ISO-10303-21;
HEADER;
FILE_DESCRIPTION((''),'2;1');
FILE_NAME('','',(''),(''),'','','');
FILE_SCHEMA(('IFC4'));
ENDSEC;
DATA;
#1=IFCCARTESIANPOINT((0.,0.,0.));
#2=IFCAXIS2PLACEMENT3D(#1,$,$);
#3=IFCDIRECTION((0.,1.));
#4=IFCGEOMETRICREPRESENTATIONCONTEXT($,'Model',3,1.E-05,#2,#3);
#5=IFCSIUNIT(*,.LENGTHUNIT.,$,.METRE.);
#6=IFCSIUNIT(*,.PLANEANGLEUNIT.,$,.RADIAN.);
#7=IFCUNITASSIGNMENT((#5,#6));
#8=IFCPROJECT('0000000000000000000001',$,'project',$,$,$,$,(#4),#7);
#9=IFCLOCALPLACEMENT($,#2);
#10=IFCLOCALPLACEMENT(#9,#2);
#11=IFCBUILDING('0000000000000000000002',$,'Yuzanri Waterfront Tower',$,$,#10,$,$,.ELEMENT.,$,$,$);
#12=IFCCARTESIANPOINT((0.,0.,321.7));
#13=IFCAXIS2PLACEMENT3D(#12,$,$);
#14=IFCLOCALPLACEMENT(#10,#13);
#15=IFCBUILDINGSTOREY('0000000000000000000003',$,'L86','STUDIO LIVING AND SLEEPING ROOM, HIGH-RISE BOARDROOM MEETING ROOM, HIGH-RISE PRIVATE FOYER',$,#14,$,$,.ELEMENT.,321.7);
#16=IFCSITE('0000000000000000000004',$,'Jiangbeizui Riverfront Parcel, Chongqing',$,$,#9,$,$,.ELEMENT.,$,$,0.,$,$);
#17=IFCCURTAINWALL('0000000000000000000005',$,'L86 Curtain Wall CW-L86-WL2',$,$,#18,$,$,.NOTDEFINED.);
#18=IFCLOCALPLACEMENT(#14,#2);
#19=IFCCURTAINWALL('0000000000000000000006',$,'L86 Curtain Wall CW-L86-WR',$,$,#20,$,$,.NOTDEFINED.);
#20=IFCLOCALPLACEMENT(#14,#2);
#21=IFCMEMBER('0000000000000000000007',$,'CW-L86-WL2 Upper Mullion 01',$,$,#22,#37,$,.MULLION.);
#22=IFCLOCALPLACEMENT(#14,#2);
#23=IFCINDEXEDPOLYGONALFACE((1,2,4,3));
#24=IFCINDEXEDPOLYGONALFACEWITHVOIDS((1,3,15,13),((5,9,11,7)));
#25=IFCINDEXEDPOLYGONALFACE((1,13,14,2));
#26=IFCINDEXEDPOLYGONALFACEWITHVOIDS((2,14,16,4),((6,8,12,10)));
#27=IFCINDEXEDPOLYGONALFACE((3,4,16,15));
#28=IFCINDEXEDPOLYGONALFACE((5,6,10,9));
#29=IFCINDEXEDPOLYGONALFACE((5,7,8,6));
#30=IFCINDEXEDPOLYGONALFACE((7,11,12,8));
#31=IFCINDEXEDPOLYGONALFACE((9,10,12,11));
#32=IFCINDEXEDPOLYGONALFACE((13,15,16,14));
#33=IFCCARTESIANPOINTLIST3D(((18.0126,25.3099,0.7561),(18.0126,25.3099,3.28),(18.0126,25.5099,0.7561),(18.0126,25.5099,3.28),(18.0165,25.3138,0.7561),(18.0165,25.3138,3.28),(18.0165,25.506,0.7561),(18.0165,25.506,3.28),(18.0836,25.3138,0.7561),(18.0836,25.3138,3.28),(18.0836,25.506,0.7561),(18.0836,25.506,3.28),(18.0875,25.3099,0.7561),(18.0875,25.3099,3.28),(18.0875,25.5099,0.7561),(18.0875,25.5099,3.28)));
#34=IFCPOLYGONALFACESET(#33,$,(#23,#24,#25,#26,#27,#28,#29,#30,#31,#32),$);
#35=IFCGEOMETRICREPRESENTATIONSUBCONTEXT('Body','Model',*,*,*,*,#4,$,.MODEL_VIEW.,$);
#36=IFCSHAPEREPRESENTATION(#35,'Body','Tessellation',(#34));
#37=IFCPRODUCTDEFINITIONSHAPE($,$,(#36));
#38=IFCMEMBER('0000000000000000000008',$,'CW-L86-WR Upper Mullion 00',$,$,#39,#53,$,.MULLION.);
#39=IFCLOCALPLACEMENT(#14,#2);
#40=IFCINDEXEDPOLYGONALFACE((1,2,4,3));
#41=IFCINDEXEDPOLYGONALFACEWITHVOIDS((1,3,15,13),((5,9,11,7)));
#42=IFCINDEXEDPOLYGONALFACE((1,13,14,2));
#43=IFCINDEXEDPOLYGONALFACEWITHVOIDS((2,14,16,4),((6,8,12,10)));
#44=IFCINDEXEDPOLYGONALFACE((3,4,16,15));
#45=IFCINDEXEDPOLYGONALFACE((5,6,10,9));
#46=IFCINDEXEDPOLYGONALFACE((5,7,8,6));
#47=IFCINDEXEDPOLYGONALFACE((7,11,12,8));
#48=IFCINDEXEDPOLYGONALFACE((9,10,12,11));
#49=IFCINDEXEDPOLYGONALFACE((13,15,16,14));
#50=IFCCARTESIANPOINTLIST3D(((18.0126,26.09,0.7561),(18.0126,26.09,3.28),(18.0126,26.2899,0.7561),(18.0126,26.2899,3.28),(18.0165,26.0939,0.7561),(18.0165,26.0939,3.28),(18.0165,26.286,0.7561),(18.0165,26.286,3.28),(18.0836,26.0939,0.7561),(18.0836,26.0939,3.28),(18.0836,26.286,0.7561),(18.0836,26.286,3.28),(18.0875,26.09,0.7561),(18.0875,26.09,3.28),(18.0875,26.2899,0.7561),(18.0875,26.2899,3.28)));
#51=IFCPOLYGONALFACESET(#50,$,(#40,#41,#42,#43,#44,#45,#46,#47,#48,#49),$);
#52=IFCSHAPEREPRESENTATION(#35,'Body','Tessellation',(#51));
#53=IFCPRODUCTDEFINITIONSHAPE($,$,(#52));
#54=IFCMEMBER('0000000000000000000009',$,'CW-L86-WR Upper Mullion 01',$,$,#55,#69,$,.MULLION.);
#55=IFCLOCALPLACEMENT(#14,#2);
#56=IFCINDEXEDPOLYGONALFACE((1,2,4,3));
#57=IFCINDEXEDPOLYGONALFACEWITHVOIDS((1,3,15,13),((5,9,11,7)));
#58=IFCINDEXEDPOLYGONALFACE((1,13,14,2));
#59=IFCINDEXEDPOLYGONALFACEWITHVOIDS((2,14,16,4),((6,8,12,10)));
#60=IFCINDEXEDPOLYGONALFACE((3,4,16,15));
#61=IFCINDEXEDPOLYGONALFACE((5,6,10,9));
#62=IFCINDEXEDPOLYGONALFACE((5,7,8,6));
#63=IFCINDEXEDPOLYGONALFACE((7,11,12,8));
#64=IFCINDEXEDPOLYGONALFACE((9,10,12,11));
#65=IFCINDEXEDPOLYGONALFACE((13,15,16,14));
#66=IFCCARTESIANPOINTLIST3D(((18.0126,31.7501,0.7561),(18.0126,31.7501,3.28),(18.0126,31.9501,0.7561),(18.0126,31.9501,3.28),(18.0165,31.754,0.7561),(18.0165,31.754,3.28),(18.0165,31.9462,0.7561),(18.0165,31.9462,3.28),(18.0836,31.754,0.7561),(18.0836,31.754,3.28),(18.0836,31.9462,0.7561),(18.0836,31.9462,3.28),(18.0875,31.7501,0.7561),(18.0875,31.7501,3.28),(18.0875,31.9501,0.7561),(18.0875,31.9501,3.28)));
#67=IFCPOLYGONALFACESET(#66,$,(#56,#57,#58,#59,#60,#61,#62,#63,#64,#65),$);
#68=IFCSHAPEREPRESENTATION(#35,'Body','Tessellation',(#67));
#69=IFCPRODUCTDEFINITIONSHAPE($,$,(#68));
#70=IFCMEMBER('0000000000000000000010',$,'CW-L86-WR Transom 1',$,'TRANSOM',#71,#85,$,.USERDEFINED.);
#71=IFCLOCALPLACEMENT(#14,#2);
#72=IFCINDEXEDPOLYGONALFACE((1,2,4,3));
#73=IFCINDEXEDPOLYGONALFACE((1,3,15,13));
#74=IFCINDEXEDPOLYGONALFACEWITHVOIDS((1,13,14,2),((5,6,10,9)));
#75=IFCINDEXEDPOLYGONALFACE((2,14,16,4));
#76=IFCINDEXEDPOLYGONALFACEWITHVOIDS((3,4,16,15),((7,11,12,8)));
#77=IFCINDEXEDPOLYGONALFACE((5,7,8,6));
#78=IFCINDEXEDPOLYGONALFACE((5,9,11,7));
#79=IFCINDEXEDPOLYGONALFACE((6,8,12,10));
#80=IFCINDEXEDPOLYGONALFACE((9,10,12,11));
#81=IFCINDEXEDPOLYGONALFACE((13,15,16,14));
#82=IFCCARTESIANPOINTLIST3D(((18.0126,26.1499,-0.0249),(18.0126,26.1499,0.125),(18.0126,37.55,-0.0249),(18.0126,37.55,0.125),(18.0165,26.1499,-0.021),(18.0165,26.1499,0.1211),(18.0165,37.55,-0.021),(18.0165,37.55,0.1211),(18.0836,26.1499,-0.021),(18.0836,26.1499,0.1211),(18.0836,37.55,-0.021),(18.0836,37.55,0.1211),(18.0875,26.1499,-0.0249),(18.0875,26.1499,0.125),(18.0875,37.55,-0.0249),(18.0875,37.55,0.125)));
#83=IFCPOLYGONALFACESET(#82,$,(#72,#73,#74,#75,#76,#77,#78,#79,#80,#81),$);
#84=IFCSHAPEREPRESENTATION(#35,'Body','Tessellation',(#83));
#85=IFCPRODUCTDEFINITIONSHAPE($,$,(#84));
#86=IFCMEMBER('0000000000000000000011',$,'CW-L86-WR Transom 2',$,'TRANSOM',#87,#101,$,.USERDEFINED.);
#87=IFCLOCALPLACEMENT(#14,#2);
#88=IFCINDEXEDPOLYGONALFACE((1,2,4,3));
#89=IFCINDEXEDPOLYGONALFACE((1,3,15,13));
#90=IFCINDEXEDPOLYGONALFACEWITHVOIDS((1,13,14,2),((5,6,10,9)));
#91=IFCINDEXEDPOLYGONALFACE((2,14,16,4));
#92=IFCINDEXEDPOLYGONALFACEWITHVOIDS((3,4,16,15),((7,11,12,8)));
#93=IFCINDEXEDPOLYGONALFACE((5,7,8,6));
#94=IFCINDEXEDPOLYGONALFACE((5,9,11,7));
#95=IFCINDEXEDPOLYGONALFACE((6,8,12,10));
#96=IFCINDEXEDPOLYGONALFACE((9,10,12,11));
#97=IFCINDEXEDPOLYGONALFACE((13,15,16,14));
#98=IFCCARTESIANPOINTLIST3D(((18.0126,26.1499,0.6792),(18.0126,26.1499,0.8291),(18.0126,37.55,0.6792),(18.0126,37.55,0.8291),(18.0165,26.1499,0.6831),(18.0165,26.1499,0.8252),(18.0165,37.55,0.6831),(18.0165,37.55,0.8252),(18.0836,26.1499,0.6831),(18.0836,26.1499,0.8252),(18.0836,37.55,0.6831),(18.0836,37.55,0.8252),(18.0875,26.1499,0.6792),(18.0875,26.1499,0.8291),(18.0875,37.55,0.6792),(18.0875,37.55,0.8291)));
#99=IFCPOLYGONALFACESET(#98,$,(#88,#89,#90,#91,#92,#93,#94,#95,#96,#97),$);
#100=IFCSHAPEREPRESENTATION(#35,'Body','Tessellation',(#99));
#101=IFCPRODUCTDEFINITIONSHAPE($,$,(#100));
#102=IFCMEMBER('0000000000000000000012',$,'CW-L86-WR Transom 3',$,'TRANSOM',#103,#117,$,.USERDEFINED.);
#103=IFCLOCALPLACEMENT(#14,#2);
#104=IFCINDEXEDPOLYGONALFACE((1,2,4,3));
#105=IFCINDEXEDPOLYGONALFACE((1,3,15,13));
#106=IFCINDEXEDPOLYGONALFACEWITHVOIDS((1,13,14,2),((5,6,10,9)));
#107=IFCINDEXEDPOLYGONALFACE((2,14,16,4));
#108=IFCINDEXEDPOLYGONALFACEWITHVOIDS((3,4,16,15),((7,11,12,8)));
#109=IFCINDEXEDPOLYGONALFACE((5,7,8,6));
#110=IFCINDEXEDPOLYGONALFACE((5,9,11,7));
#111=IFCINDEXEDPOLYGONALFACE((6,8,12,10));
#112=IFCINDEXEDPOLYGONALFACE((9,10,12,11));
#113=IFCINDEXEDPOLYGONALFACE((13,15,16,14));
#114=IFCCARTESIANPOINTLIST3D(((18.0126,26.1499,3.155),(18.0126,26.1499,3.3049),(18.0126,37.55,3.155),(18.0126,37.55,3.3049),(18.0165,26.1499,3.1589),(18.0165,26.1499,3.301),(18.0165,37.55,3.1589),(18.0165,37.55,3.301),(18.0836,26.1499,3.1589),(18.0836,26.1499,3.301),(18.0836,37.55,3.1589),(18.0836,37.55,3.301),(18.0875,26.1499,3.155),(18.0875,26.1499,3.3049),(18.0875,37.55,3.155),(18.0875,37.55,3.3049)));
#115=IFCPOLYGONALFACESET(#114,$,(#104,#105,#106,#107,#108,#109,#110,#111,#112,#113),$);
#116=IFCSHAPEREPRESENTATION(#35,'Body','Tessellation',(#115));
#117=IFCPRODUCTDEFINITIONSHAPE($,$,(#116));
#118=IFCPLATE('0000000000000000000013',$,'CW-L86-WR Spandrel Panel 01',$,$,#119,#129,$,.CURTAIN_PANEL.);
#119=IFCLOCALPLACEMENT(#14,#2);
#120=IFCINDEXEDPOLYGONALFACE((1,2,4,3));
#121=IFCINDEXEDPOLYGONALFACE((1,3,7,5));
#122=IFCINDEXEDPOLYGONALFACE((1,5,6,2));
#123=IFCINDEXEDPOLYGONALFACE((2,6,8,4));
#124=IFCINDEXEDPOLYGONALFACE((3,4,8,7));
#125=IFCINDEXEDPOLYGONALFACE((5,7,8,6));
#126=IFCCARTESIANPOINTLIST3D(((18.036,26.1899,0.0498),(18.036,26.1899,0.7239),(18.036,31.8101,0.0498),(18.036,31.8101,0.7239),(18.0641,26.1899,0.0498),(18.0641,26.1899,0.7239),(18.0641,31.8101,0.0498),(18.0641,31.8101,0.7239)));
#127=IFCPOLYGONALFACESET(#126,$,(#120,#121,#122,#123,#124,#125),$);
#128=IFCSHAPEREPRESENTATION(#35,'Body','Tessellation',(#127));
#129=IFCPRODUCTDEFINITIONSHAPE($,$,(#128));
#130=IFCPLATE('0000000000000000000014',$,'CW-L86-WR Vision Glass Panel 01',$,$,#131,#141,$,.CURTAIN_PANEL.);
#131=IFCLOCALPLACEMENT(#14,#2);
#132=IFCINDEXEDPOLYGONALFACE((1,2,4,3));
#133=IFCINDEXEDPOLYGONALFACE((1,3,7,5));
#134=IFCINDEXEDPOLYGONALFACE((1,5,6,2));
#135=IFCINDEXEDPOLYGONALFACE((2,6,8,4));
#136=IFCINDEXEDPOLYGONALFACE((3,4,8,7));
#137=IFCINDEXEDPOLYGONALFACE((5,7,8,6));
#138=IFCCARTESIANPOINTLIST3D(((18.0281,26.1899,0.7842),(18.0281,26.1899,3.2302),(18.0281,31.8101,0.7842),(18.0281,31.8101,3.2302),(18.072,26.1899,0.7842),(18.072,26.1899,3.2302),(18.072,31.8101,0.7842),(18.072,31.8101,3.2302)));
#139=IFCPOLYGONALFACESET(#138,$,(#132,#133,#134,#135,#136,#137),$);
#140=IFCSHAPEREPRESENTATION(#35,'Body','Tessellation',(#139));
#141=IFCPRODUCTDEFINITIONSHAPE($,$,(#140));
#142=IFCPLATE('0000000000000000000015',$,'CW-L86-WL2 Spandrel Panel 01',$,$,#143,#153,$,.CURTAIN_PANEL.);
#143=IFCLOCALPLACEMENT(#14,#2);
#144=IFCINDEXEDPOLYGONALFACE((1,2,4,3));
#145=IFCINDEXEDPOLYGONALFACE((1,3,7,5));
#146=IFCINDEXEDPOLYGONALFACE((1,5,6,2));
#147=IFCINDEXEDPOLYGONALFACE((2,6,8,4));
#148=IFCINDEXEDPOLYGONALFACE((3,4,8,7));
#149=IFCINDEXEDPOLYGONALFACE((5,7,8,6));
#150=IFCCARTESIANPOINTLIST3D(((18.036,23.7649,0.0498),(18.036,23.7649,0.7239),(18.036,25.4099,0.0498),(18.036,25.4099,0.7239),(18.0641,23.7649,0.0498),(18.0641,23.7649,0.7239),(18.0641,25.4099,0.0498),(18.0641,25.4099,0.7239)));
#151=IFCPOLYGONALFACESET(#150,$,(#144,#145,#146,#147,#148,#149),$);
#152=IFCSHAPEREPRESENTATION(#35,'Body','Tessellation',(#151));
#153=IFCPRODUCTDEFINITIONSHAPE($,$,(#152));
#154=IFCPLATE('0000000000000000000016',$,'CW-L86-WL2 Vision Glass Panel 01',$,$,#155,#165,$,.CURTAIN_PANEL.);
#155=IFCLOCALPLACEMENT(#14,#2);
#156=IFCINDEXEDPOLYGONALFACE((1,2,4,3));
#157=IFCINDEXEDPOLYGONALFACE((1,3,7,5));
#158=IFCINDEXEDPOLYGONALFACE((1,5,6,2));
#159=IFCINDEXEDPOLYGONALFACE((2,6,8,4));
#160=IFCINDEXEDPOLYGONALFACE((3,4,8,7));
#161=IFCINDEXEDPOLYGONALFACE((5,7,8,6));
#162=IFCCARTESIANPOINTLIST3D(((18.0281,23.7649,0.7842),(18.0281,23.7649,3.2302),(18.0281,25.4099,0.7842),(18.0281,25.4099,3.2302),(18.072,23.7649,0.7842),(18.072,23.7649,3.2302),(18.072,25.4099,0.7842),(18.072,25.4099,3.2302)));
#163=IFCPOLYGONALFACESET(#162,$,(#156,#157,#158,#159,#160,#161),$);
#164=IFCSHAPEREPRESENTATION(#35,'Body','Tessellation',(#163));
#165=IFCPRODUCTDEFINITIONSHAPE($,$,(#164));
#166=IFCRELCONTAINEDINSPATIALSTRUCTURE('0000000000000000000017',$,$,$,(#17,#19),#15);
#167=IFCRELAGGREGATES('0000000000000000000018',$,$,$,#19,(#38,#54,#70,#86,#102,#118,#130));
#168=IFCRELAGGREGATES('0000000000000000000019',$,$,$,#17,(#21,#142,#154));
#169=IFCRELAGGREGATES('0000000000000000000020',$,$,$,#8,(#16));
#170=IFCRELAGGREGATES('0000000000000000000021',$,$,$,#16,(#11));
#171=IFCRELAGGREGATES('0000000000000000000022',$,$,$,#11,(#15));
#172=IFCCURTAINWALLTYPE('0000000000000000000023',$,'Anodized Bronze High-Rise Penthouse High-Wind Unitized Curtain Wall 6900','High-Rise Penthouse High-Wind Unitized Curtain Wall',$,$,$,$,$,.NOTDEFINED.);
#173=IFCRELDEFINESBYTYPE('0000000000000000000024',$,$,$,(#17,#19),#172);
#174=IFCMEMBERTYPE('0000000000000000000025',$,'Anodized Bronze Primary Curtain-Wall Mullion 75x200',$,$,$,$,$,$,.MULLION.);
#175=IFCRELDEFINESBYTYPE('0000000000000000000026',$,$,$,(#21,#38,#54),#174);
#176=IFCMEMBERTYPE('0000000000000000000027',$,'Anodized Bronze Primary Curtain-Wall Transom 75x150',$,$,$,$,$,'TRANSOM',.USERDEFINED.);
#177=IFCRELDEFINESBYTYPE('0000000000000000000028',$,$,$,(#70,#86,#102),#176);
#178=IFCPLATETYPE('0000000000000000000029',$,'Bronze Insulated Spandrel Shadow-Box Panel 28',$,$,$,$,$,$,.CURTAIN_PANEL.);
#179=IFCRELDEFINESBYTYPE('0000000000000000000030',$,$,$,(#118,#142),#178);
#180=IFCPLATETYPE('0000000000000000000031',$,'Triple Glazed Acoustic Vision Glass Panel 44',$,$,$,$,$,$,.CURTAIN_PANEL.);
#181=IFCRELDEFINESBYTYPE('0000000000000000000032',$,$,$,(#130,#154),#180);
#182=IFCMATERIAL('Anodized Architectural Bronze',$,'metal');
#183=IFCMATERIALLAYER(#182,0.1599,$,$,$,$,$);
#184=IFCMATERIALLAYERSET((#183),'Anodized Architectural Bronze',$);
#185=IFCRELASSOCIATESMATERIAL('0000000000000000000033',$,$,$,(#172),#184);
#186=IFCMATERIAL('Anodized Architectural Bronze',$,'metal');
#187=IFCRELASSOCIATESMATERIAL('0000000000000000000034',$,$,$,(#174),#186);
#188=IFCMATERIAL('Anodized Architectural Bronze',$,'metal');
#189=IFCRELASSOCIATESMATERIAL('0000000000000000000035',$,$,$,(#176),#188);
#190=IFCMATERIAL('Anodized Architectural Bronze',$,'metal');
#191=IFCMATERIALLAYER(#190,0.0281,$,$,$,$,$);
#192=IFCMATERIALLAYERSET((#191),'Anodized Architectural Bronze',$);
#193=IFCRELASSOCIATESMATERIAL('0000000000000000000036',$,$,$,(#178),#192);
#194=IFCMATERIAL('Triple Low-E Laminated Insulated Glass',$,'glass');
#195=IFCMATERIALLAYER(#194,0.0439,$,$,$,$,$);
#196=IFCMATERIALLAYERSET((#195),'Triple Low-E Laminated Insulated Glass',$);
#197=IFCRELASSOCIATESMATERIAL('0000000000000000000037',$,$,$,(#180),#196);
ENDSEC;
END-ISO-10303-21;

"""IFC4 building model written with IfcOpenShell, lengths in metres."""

from ifc_helpers import new_model, si_unit, direction, frame, origin, origin_2d, place, context, subcontext, project, spatial, rectangle, hollow_rectangle, extrude, source, transform, mapped, material, layer, layer_set, material_profile, profile_set, type_object, element, aggregate, save


model = new_model("IFC4")

# Units and contexts
model_context = context("Model", 3, precision=1e-05, world=origin(), true_north=direction((0.0, 1.0)))
body_context = subcontext(model_context, "Body", "Model", "MODEL_VIEW")
ifc_project = project(units=[si_unit("LENGTHUNIT", "METRE"), si_unit("PLANEANGLEUNIT", "RADIAN")], contexts=[model_context])

# Site, building, storey
site_placement = place(None, origin())
site = spatial("IfcSite", under=ifc_project, at=site_placement, Name="Jiangbeizui Riverfront Parcel, Chongqing", CompositionType="ELEMENT", RefElevation=0.0)
building_placement = place(site_placement, origin())
building = spatial("IfcBuilding", under=site, at=building_placement, Name="Yuzanri Waterfront Tower", CompositionType="ELEMENT")
storey_placement = place(building_placement, frame((0.0, 0.0, 321.7)))
storey = spatial("IfcBuildingStorey", under=building, at=storey_placement, Name="L86", Description="STUDIO LIVING AND SLEEPING ROOM, HIGH-RISE BOARDROOM MEETING ROOM, HIGH-RISE PRIVATE FOYER", CompositionType="ELEMENT", Elevation=321.7)

# Curtain wall
ifc_material_1 = material(Name="Anodized Architectural Bronze", Category="metal")
ifc_layer_1 = layer(ifc_material_1, 0.1599)
ifc_layer_set_1 = layer_set([ifc_layer_1], Name="Anodized Architectural Bronze")
curtain_wall_type = type_object("IfcCurtainWallType", Name="Anodized Bronze High-Rise Penthouse High-Wind Unitized Curtain Wall 6900", Description="High-Rise Penthouse High-Wind Unitized Curtain Wall", PredefinedType="NOTDEFINED", material=ifc_layer_set_1)
curtain_wall_1_placement = place(storey_placement, origin())
curtain_wall_1 = element("IfcCurtainWall", 1, at=curtain_wall_1_placement, inside=storey, type_object=curtain_wall_type, Name="L86 Curtain Wall CW-L86-WL2", PredefinedType="NOTDEFINED")
ifc_material_2 = material(Name="Anodized Architectural Bronze", Category="metal")
ifc_material_profile_1 = material_profile(ifc_material_2, hollow_rectangle(XDim=0.075, YDim=0.2, WallThickness=0.0039, at=origin_2d()), Name="CWM 75x200")
ifc_profile_set_1 = profile_set([ifc_material_profile_1], Name="Anodized Architectural Bronze")
member_type_1 = type_object("IfcMemberType", Name="Anodized Bronze Primary Curtain-Wall Mullion 75x200", PredefinedType="MULLION", material=ifc_profile_set_1)

# Curtain wall
curtain_wall_2_placement = place(storey_placement, origin())
curtain_wall_2 = element("IfcCurtainWall", 2, at=curtain_wall_2_placement, inside=storey, type_object=curtain_wall_type, Name="L86 Curtain Wall CW-L86-WR", PredefinedType="NOTDEFINED")

# Members
shared_shape_1 = source(origin(), body_context, "Body", "SweptSolid", [
    extrude(hollow_rectangle(XDim=0.075, YDim=0.2, WallThickness=0.0039, at=origin_2d()), origin(), (0.0, 0.0, 1.0), 2.5239),
])
member_1_placement = place(storey_placement, frame((18.05, 25.4099, 0.7561), z_axis=(0.0, 0.0, 1.0), x_axis=(1.0, 0.0, 0.0)))
member_1 = element("IfcMember", 3, at=member_1_placement, type_object=member_type_1, Name="CW-L86-WL2 Upper Mullion 01", PredefinedType="MULLION", context=body_context, shape_type="MappedRepresentation", body=[
    mapped(shared_shape_1, transform((0.0, 0.0, 0.0), scale=1.0)),
])
member_2_placement = place(storey_placement, frame((18.05, 26.1899, 0.7561), z_axis=(0.0, 0.0, 1.0), x_axis=(1.0, 0.0, 0.0)))
member_2 = element("IfcMember", 4, at=member_2_placement, type_object=member_type_1, Name="CW-L86-WR Upper Mullion 00", PredefinedType="MULLION", context=body_context, shape_type="MappedRepresentation", body=[
    mapped(shared_shape_1, transform((0.0, 0.0, 0.0), scale=1.0)),
])
member_3_placement = place(storey_placement, frame((18.05, 31.8501, 0.7561), z_axis=(0.0, 0.0, 1.0), x_axis=(1.0, 0.0, 0.0)))
member_3 = element("IfcMember", 5, at=member_3_placement, type_object=member_type_1, Name="CW-L86-WR Upper Mullion 01", PredefinedType="MULLION", context=body_context, shape_type="MappedRepresentation", body=[
    mapped(shared_shape_1, transform((0.0, 0.0, 0.0), scale=1.0)),
])
ifc_material_3 = material(Name="Anodized Architectural Bronze", Category="metal")
ifc_material_profile_2 = material_profile(ifc_material_3, hollow_rectangle(XDim=0.075, YDim=0.1499, WallThickness=0.0039, at=origin_2d()), Name="CWT 75x150")
ifc_profile_set_2 = profile_set([ifc_material_profile_2], Name="Anodized Architectural Bronze")
member_type_2 = type_object("IfcMemberType", Name="Anodized Bronze Primary Curtain-Wall Transom 75x150", ElementType="TRANSOM", PredefinedType="USERDEFINED", material=ifc_profile_set_2)
shared_shape_2 = source(origin(), body_context, "Body", "SweptSolid", [
    extrude(hollow_rectangle(XDim=0.075, YDim=0.1499, WallThickness=0.0039, at=origin_2d()), origin(), (0.0, 0.0, 1.0), 11.4001),
])
member_4_placement = place(storey_placement, frame((18.05, 26.1499, 0.05), z_axis=(0.0, 1.0, 0.0), x_axis=(-1.0, 0.0, 0.0)))
member_4 = element("IfcMember", 6, at=member_4_placement, type_object=member_type_2, Name="CW-L86-WR Transom 1", ObjectType="TRANSOM", PredefinedType="USERDEFINED", context=body_context, shape_type="MappedRepresentation", body=[
    mapped(shared_shape_2, transform((0.0, 0.0, 0.0), scale=1.0)),
])
member_5_placement = place(storey_placement, frame((18.05, 26.1499, 0.7542), z_axis=(0.0, 1.0, 0.0), x_axis=(-1.0, 0.0, 0.0)))
member_5 = element("IfcMember", 7, at=member_5_placement, type_object=member_type_2, Name="CW-L86-WR Transom 2", ObjectType="TRANSOM", PredefinedType="USERDEFINED", context=body_context, shape_type="MappedRepresentation", body=[
    mapped(shared_shape_2, transform((0.0, 0.0, 0.0), scale=1.0)),
])
member_6_placement = place(storey_placement, frame((18.05, 26.1499, 3.23), z_axis=(0.0, 1.0, 0.0), x_axis=(-1.0, 0.0, 0.0)))
member_6 = element("IfcMember", 8, at=member_6_placement, type_object=member_type_2, Name="CW-L86-WR Transom 3", ObjectType="TRANSOM", PredefinedType="USERDEFINED", context=body_context, shape_type="MappedRepresentation", body=[
    mapped(shared_shape_2, transform((0.0, 0.0, 0.0), scale=1.0)),
])

# Plates
ifc_material_4 = material(Name="Anodized Architectural Bronze", Category="metal")
ifc_layer_2 = layer(ifc_material_4, 0.0281)
ifc_layer_set_2 = layer_set([ifc_layer_2], Name="Anodized Architectural Bronze")
plate_type_1 = type_object("IfcPlateType", Name="Bronze Insulated Spandrel Shadow-Box Panel 28", PredefinedType="CURTAIN_PANEL", material=ifc_layer_set_2)
shared_shape_3 = source(origin(), body_context, "Body", "SweptSolid", [
    extrude(rectangle(XDim=5.6201, YDim=0.0281, at=origin_2d()), origin(), (0.0, 0.0, 1.0), 0.6741),
])
plate_1_placement = place(storey_placement, frame((18.05, 29.0, 0.0498), z_axis=(0.0, 0.0, 1.0), x_axis=(0.0, 1.0, 0.0)))
plate_1 = element("IfcPlate", 9, at=plate_1_placement, type_object=plate_type_1, Name="CW-L86-WR Spandrel Panel 01", PredefinedType="CURTAIN_PANEL", context=body_context, shape_type="MappedRepresentation", body=[
    mapped(shared_shape_3, transform((0.0, 0.0, 0.0), scale=1.0)),
])
ifc_material_5 = material(Name="Triple Low-E Laminated Insulated Glass", Category="glass")
ifc_layer_3 = layer(ifc_material_5, 0.0439)
ifc_layer_set_3 = layer_set([ifc_layer_3], Name="Triple Low-E Laminated Insulated Glass")
plate_type_2 = type_object("IfcPlateType", Name="Triple Glazed Acoustic Vision Glass Panel 44", PredefinedType="CURTAIN_PANEL", material=ifc_layer_set_3)
shared_shape_4 = source(origin(), body_context, "Body", "SweptSolid", [
    extrude(rectangle(XDim=5.6201, YDim=0.0439, at=origin_2d()), origin(), (0.0, 0.0, 1.0), 2.446),
])
plate_2_placement = place(storey_placement, frame((18.05, 29.0, 0.7842), z_axis=(0.0, 0.0, 1.0), x_axis=(0.0, 1.0, 0.0)))
plate_2 = element("IfcPlate", 10, at=plate_2_placement, type_object=plate_type_2, Name="CW-L86-WR Vision Glass Panel 01", PredefinedType="CURTAIN_PANEL", context=body_context, shape_type="MappedRepresentation", body=[
    mapped(shared_shape_4, transform((0.0, 0.0, 0.0), scale=1.0)),
])
aggregate(curtain_wall_2, [member_2, member_3, member_4, member_5, member_6, plate_1, plate_2])
shared_shape_5 = source(origin(), body_context, "Body", "SweptSolid", [
    extrude(rectangle(XDim=1.645, YDim=0.0281, at=origin_2d()), origin(), (0.0, 0.0, 1.0), 0.6741),
])
plate_3_placement = place(storey_placement, frame((18.05, 24.5874, 0.0498), z_axis=(0.0, 0.0, 1.0), x_axis=(0.0, 1.0, 0.0)))
plate_3 = element("IfcPlate", 11, at=plate_3_placement, type_object=plate_type_1, Name="CW-L86-WL2 Spandrel Panel 01", PredefinedType="CURTAIN_PANEL", context=body_context, shape_type="MappedRepresentation", body=[
    mapped(shared_shape_5, transform((0.0, 0.0, 0.0), scale=1.0)),
])
shared_shape_6 = source(origin(), body_context, "Body", "SweptSolid", [
    extrude(rectangle(XDim=1.645, YDim=0.0439, at=origin_2d()), origin(), (0.0, 0.0, 1.0), 2.446),
])
plate_4_placement = place(storey_placement, frame((18.05, 24.5874, 0.7842), z_axis=(0.0, 0.0, 1.0), x_axis=(0.0, 1.0, 0.0)))
plate_4 = element("IfcPlate", 12, at=plate_4_placement, type_object=plate_type_2, Name="CW-L86-WL2 Vision Glass Panel 01", PredefinedType="CURTAIN_PANEL", context=body_context, shape_type="MappedRepresentation", body=[
    mapped(shared_shape_6, transform((0.0, 0.0, 0.0), scale=1.0)),
])
aggregate(curtain_wall_1, [member_1, plate_3, plate_4])

save(model, "model.ifc")
